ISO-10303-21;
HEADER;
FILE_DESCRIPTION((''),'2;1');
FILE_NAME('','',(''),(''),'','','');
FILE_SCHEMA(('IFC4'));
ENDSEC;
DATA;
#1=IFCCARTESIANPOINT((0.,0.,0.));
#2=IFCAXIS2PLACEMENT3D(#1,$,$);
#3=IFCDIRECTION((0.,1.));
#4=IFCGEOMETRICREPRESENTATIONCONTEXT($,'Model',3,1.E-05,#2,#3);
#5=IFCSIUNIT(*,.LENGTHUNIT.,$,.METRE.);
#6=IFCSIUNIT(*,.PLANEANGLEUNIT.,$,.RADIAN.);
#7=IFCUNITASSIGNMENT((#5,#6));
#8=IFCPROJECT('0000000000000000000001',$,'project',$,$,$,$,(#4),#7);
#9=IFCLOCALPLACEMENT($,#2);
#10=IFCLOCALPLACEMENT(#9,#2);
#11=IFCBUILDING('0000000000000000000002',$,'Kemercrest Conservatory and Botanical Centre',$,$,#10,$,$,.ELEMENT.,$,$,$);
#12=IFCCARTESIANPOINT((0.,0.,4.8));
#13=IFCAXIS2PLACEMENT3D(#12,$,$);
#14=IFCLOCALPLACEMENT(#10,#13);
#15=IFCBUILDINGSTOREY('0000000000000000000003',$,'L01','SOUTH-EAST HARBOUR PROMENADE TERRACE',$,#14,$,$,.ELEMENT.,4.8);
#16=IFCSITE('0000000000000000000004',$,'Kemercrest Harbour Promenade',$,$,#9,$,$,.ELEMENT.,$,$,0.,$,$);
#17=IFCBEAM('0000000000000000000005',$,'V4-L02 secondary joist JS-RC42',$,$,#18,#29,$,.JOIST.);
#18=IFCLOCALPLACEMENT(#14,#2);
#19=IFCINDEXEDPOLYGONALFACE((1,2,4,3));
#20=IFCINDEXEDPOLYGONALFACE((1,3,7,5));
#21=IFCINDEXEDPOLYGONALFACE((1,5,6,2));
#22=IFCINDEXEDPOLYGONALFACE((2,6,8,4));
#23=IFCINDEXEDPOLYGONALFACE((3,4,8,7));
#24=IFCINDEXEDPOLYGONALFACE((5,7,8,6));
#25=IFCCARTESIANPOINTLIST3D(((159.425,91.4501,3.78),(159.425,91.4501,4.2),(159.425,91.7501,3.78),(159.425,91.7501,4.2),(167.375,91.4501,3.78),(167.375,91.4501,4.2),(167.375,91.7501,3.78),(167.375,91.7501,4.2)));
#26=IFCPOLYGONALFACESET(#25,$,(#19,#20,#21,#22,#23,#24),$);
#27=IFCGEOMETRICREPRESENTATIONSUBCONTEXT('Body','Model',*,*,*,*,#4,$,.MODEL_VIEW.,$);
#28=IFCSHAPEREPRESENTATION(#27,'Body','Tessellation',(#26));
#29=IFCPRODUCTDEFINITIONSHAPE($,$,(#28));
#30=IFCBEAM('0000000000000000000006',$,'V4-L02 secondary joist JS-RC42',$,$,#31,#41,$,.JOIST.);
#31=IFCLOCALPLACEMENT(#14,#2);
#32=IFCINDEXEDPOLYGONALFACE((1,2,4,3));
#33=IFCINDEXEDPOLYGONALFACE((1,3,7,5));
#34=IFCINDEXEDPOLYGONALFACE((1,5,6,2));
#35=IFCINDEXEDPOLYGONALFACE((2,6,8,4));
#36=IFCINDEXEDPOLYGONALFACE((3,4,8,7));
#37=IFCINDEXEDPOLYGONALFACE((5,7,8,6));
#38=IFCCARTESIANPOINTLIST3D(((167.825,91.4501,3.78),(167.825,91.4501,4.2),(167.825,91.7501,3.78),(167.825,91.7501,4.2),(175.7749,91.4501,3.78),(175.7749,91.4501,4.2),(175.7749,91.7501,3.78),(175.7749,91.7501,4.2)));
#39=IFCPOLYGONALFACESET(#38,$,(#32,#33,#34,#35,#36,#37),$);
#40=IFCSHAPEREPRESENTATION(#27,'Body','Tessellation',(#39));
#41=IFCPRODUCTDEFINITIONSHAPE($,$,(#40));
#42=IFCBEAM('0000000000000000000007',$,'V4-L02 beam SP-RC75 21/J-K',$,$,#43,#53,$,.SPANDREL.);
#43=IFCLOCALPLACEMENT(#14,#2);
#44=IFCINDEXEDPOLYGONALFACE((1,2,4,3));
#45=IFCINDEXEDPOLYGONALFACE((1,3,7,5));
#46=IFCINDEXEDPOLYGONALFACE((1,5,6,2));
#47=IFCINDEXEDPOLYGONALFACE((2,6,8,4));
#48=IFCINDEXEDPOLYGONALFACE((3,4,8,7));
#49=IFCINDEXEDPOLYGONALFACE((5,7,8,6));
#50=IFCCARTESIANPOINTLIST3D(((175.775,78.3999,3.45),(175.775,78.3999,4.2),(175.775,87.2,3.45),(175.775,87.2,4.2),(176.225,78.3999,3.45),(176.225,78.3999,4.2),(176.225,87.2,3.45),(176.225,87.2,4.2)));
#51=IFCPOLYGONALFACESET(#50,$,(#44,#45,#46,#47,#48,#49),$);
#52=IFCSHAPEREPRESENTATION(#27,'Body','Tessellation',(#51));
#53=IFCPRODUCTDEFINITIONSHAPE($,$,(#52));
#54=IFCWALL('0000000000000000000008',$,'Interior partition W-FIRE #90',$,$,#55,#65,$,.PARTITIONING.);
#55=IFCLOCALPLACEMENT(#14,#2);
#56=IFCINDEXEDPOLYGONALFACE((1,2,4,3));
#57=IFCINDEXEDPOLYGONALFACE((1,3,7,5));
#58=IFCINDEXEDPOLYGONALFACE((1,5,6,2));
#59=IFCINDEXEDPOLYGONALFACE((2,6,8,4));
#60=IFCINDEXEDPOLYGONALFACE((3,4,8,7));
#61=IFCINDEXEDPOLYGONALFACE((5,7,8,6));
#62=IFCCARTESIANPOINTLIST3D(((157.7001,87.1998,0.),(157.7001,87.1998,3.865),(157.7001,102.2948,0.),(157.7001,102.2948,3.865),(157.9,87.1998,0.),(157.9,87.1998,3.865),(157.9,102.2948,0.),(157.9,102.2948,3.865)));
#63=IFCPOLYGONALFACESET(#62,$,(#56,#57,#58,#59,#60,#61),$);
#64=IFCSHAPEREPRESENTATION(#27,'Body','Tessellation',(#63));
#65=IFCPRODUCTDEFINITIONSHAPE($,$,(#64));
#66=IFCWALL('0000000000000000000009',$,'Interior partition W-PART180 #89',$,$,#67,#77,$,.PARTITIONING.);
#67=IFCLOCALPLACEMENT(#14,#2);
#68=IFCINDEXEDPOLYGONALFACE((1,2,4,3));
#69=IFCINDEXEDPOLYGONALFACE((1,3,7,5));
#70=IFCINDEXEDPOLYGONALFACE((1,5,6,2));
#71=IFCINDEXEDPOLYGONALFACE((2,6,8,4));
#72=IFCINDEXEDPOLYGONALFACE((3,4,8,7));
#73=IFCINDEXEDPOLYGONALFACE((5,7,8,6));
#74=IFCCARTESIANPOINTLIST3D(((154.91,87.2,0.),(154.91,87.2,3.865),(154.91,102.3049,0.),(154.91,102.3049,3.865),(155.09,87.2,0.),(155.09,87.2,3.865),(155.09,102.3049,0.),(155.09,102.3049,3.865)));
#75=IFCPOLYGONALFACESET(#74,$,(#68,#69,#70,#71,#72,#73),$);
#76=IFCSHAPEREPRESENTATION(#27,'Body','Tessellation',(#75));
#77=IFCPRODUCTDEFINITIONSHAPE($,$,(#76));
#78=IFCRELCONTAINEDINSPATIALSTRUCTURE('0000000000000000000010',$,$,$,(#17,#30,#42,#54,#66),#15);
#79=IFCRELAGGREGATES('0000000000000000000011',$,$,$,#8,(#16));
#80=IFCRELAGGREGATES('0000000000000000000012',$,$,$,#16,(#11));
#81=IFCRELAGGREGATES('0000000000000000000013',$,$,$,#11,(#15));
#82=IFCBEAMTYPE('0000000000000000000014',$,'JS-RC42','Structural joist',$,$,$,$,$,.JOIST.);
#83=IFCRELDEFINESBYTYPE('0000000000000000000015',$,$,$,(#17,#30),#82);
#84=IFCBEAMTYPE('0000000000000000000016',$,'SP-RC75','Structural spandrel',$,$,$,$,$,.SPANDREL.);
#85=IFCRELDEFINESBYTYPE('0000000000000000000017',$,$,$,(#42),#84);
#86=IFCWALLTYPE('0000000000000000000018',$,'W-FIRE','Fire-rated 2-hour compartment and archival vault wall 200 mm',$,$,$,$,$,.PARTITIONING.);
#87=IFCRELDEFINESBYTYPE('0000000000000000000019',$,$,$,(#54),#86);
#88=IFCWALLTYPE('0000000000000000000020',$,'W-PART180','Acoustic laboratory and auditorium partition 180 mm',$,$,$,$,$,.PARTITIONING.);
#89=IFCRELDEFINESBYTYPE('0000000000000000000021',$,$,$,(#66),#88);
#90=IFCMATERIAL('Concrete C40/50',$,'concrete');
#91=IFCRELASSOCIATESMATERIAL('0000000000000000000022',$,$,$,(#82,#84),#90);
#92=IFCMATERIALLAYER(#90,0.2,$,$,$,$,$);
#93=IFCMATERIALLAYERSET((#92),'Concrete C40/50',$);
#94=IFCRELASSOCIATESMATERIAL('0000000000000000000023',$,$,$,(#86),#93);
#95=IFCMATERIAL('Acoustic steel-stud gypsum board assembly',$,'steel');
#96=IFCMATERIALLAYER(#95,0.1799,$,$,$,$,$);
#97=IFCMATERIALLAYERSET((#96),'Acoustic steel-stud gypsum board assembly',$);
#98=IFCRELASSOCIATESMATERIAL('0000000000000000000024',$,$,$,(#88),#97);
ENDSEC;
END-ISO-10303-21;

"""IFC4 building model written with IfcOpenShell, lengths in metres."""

from ifc_helpers import new_model, si_unit, direction, frame, frame_2d, origin, origin_2d, place, context, subcontext, project, spatial, rectangle, extrude, material, layer, layer_set, material_profile, profile_set, type_object, element, save


model = new_model("IFC4")

# Units and contexts
model_context = context("Model", 3, precision=1e-05, world=origin(), true_north=direction((0.0, 1.0)))
body_context = subcontext(model_context, "Body", "Model", "MODEL_VIEW")
ifc_project = project(units=[si_unit("LENGTHUNIT", "METRE"), si_unit("PLANEANGLEUNIT", "RADIAN")], contexts=[model_context])

# Site, building, storey
site_placement = place(None, origin())
site = spatial("IfcSite", under=ifc_project, at=site_placement, Name="Kemercrest Harbour Promenade", CompositionType="ELEMENT", RefElevation=0.0)
building_placement = place(site_placement, origin())
building = spatial("IfcBuilding", under=site, at=building_placement, Name="Kemercrest Conservatory and Botanical Centre", CompositionType="ELEMENT")
storey_placement = place(building_placement, frame((0.0, 0.0, 4.8)))
storey = spatial("IfcBuildingStorey", under=building, at=storey_placement, Name="L01", Description="SOUTH-EAST HARBOUR PROMENADE TERRACE", CompositionType="ELEMENT", Elevation=4.8)

# Beams
ifc_material_1 = material(Name="Concrete C40/50", Category="concrete")
ifc_material_profile_1 = material_profile(ifc_material_1, rectangle(XDim=0.3, YDim=0.4199, at=origin_2d()), Name="RC 300x420")
ifc_profile_set_1 = profile_set([ifc_material_profile_1], Name="Concrete C40/50")
beam_type_1 = type_object("IfcBeamType", Name="JS-RC42", Description="Structural joist", PredefinedType="JOIST", material=ifc_profile_set_1)
for number, where, z_axis, x_axis, name in (
    (1, (159.425, 91.6001, 3.99), (1.0, 0.0, 0.0), (0.0, 1.0, 0.0), "V4-L02 secondary joist JS-RC42"),
    (2, (167.825, 91.6001, 3.99), (1.0, 0.0, 0.0), (0.0, 1.0, 0.0), "V4-L02 secondary joist JS-RC42"),
):
    element("IfcBeam", number, at=place(storey_placement, frame(where, z_axis=z_axis, x_axis=x_axis)), inside=storey, type_object=beam_type_1, Name=name, PredefinedType="JOIST", context=body_context, shape_type="SweptSolid", body=[
        extrude(rectangle(XDim=0.3, YDim=0.4199, at=origin_2d()), origin(), (0.0, 0.0, 1.0), 7.95),
    ])
ifc_material_profile_2 = material_profile(ifc_material_1, rectangle(XDim=0.45, YDim=0.75, at=origin_2d()), Name="RC 450x750")
ifc_profile_set_2 = profile_set([ifc_material_profile_2], Name="Concrete C40/50")
beam_type_2 = type_object("IfcBeamType", Name="SP-RC75", Description="Structural spandrel", PredefinedType="SPANDREL", material=ifc_profile_set_2)
beam_1_placement = place(storey_placement, frame((176.0, 78.3999, 3.825), z_axis=(0.0, 1.0, 0.0), x_axis=(-1.0, 0.0, 0.0)))
element("IfcBeam", 3, at=beam_1_placement, inside=storey, type_object=beam_type_2, Name="V4-L02 beam SP-RC75 21/J-K", PredefinedType="SPANDREL", context=body_context, shape_type="SweptSolid", body=[
    extrude(rectangle(XDim=0.45, YDim=0.75, at=origin_2d()), origin(), (0.0, 0.0, 1.0), 8.8),
])

# Walls
ifc_layer_1 = layer(ifc_material_1, 0.2)
ifc_layer_set_1 = layer_set([ifc_layer_1], Name="Concrete C40/50")
wall_type_1 = type_object("IfcWallType", Name="W-FIRE", Description="Fire-rated 2-hour compartment and archival vault wall 200 mm", PredefinedType="PARTITIONING", material=ifc_layer_set_1)
wall_1_placement = place(storey_placement, frame((157.8, 87.2, 0.0), z_axis=(0.0, 0.0, 1.0), x_axis=(0.0, 1.0, 0.0)))
element("IfcWall", 4, at=wall_1_placement, inside=storey, type_object=wall_type_1, Name="Interior partition W-FIRE #90", PredefinedType="PARTITIONING", context=body_context, shape_type="SweptSolid", body=[
    extrude(rectangle(XDim=15.095, YDim=0.2, at=frame_2d((7.5474, 0.0))), origin(), (0.0, 0.0, 1.0), 3.865),
])
ifc_material_2 = material(Name="Acoustic steel-stud gypsum board assembly", Category="steel")
ifc_layer_2 = layer(ifc_material_2, 0.1799)
ifc_layer_set_2 = layer_set([ifc_layer_2], Name="Acoustic steel-stud gypsum board assembly")
wall_type_2 = type_object("IfcWallType", Name="W-PART180", Description="Acoustic laboratory and auditorium partition 180 mm", PredefinedType="PARTITIONING", material=ifc_layer_set_2)
wall_2_placement = place(storey_placement, frame((155.0, 87.2, 0.0), z_axis=(0.0, 0.0, 1.0), x_axis=(0.0, 1.0, 0.0)))
element("IfcWall", 5, at=wall_2_placement, inside=storey, type_object=wall_type_2, Name="Interior partition W-PART180 #89", PredefinedType="PARTITIONING", context=body_context, shape_type="SweptSolid", body=[
    extrude(rectangle(XDim=15.105, YDim=0.1799, at=frame_2d((7.5525, 0.0))), origin(), (0.0, 0.0, 1.0), 3.865),
])

save(model, "model.ifc")
